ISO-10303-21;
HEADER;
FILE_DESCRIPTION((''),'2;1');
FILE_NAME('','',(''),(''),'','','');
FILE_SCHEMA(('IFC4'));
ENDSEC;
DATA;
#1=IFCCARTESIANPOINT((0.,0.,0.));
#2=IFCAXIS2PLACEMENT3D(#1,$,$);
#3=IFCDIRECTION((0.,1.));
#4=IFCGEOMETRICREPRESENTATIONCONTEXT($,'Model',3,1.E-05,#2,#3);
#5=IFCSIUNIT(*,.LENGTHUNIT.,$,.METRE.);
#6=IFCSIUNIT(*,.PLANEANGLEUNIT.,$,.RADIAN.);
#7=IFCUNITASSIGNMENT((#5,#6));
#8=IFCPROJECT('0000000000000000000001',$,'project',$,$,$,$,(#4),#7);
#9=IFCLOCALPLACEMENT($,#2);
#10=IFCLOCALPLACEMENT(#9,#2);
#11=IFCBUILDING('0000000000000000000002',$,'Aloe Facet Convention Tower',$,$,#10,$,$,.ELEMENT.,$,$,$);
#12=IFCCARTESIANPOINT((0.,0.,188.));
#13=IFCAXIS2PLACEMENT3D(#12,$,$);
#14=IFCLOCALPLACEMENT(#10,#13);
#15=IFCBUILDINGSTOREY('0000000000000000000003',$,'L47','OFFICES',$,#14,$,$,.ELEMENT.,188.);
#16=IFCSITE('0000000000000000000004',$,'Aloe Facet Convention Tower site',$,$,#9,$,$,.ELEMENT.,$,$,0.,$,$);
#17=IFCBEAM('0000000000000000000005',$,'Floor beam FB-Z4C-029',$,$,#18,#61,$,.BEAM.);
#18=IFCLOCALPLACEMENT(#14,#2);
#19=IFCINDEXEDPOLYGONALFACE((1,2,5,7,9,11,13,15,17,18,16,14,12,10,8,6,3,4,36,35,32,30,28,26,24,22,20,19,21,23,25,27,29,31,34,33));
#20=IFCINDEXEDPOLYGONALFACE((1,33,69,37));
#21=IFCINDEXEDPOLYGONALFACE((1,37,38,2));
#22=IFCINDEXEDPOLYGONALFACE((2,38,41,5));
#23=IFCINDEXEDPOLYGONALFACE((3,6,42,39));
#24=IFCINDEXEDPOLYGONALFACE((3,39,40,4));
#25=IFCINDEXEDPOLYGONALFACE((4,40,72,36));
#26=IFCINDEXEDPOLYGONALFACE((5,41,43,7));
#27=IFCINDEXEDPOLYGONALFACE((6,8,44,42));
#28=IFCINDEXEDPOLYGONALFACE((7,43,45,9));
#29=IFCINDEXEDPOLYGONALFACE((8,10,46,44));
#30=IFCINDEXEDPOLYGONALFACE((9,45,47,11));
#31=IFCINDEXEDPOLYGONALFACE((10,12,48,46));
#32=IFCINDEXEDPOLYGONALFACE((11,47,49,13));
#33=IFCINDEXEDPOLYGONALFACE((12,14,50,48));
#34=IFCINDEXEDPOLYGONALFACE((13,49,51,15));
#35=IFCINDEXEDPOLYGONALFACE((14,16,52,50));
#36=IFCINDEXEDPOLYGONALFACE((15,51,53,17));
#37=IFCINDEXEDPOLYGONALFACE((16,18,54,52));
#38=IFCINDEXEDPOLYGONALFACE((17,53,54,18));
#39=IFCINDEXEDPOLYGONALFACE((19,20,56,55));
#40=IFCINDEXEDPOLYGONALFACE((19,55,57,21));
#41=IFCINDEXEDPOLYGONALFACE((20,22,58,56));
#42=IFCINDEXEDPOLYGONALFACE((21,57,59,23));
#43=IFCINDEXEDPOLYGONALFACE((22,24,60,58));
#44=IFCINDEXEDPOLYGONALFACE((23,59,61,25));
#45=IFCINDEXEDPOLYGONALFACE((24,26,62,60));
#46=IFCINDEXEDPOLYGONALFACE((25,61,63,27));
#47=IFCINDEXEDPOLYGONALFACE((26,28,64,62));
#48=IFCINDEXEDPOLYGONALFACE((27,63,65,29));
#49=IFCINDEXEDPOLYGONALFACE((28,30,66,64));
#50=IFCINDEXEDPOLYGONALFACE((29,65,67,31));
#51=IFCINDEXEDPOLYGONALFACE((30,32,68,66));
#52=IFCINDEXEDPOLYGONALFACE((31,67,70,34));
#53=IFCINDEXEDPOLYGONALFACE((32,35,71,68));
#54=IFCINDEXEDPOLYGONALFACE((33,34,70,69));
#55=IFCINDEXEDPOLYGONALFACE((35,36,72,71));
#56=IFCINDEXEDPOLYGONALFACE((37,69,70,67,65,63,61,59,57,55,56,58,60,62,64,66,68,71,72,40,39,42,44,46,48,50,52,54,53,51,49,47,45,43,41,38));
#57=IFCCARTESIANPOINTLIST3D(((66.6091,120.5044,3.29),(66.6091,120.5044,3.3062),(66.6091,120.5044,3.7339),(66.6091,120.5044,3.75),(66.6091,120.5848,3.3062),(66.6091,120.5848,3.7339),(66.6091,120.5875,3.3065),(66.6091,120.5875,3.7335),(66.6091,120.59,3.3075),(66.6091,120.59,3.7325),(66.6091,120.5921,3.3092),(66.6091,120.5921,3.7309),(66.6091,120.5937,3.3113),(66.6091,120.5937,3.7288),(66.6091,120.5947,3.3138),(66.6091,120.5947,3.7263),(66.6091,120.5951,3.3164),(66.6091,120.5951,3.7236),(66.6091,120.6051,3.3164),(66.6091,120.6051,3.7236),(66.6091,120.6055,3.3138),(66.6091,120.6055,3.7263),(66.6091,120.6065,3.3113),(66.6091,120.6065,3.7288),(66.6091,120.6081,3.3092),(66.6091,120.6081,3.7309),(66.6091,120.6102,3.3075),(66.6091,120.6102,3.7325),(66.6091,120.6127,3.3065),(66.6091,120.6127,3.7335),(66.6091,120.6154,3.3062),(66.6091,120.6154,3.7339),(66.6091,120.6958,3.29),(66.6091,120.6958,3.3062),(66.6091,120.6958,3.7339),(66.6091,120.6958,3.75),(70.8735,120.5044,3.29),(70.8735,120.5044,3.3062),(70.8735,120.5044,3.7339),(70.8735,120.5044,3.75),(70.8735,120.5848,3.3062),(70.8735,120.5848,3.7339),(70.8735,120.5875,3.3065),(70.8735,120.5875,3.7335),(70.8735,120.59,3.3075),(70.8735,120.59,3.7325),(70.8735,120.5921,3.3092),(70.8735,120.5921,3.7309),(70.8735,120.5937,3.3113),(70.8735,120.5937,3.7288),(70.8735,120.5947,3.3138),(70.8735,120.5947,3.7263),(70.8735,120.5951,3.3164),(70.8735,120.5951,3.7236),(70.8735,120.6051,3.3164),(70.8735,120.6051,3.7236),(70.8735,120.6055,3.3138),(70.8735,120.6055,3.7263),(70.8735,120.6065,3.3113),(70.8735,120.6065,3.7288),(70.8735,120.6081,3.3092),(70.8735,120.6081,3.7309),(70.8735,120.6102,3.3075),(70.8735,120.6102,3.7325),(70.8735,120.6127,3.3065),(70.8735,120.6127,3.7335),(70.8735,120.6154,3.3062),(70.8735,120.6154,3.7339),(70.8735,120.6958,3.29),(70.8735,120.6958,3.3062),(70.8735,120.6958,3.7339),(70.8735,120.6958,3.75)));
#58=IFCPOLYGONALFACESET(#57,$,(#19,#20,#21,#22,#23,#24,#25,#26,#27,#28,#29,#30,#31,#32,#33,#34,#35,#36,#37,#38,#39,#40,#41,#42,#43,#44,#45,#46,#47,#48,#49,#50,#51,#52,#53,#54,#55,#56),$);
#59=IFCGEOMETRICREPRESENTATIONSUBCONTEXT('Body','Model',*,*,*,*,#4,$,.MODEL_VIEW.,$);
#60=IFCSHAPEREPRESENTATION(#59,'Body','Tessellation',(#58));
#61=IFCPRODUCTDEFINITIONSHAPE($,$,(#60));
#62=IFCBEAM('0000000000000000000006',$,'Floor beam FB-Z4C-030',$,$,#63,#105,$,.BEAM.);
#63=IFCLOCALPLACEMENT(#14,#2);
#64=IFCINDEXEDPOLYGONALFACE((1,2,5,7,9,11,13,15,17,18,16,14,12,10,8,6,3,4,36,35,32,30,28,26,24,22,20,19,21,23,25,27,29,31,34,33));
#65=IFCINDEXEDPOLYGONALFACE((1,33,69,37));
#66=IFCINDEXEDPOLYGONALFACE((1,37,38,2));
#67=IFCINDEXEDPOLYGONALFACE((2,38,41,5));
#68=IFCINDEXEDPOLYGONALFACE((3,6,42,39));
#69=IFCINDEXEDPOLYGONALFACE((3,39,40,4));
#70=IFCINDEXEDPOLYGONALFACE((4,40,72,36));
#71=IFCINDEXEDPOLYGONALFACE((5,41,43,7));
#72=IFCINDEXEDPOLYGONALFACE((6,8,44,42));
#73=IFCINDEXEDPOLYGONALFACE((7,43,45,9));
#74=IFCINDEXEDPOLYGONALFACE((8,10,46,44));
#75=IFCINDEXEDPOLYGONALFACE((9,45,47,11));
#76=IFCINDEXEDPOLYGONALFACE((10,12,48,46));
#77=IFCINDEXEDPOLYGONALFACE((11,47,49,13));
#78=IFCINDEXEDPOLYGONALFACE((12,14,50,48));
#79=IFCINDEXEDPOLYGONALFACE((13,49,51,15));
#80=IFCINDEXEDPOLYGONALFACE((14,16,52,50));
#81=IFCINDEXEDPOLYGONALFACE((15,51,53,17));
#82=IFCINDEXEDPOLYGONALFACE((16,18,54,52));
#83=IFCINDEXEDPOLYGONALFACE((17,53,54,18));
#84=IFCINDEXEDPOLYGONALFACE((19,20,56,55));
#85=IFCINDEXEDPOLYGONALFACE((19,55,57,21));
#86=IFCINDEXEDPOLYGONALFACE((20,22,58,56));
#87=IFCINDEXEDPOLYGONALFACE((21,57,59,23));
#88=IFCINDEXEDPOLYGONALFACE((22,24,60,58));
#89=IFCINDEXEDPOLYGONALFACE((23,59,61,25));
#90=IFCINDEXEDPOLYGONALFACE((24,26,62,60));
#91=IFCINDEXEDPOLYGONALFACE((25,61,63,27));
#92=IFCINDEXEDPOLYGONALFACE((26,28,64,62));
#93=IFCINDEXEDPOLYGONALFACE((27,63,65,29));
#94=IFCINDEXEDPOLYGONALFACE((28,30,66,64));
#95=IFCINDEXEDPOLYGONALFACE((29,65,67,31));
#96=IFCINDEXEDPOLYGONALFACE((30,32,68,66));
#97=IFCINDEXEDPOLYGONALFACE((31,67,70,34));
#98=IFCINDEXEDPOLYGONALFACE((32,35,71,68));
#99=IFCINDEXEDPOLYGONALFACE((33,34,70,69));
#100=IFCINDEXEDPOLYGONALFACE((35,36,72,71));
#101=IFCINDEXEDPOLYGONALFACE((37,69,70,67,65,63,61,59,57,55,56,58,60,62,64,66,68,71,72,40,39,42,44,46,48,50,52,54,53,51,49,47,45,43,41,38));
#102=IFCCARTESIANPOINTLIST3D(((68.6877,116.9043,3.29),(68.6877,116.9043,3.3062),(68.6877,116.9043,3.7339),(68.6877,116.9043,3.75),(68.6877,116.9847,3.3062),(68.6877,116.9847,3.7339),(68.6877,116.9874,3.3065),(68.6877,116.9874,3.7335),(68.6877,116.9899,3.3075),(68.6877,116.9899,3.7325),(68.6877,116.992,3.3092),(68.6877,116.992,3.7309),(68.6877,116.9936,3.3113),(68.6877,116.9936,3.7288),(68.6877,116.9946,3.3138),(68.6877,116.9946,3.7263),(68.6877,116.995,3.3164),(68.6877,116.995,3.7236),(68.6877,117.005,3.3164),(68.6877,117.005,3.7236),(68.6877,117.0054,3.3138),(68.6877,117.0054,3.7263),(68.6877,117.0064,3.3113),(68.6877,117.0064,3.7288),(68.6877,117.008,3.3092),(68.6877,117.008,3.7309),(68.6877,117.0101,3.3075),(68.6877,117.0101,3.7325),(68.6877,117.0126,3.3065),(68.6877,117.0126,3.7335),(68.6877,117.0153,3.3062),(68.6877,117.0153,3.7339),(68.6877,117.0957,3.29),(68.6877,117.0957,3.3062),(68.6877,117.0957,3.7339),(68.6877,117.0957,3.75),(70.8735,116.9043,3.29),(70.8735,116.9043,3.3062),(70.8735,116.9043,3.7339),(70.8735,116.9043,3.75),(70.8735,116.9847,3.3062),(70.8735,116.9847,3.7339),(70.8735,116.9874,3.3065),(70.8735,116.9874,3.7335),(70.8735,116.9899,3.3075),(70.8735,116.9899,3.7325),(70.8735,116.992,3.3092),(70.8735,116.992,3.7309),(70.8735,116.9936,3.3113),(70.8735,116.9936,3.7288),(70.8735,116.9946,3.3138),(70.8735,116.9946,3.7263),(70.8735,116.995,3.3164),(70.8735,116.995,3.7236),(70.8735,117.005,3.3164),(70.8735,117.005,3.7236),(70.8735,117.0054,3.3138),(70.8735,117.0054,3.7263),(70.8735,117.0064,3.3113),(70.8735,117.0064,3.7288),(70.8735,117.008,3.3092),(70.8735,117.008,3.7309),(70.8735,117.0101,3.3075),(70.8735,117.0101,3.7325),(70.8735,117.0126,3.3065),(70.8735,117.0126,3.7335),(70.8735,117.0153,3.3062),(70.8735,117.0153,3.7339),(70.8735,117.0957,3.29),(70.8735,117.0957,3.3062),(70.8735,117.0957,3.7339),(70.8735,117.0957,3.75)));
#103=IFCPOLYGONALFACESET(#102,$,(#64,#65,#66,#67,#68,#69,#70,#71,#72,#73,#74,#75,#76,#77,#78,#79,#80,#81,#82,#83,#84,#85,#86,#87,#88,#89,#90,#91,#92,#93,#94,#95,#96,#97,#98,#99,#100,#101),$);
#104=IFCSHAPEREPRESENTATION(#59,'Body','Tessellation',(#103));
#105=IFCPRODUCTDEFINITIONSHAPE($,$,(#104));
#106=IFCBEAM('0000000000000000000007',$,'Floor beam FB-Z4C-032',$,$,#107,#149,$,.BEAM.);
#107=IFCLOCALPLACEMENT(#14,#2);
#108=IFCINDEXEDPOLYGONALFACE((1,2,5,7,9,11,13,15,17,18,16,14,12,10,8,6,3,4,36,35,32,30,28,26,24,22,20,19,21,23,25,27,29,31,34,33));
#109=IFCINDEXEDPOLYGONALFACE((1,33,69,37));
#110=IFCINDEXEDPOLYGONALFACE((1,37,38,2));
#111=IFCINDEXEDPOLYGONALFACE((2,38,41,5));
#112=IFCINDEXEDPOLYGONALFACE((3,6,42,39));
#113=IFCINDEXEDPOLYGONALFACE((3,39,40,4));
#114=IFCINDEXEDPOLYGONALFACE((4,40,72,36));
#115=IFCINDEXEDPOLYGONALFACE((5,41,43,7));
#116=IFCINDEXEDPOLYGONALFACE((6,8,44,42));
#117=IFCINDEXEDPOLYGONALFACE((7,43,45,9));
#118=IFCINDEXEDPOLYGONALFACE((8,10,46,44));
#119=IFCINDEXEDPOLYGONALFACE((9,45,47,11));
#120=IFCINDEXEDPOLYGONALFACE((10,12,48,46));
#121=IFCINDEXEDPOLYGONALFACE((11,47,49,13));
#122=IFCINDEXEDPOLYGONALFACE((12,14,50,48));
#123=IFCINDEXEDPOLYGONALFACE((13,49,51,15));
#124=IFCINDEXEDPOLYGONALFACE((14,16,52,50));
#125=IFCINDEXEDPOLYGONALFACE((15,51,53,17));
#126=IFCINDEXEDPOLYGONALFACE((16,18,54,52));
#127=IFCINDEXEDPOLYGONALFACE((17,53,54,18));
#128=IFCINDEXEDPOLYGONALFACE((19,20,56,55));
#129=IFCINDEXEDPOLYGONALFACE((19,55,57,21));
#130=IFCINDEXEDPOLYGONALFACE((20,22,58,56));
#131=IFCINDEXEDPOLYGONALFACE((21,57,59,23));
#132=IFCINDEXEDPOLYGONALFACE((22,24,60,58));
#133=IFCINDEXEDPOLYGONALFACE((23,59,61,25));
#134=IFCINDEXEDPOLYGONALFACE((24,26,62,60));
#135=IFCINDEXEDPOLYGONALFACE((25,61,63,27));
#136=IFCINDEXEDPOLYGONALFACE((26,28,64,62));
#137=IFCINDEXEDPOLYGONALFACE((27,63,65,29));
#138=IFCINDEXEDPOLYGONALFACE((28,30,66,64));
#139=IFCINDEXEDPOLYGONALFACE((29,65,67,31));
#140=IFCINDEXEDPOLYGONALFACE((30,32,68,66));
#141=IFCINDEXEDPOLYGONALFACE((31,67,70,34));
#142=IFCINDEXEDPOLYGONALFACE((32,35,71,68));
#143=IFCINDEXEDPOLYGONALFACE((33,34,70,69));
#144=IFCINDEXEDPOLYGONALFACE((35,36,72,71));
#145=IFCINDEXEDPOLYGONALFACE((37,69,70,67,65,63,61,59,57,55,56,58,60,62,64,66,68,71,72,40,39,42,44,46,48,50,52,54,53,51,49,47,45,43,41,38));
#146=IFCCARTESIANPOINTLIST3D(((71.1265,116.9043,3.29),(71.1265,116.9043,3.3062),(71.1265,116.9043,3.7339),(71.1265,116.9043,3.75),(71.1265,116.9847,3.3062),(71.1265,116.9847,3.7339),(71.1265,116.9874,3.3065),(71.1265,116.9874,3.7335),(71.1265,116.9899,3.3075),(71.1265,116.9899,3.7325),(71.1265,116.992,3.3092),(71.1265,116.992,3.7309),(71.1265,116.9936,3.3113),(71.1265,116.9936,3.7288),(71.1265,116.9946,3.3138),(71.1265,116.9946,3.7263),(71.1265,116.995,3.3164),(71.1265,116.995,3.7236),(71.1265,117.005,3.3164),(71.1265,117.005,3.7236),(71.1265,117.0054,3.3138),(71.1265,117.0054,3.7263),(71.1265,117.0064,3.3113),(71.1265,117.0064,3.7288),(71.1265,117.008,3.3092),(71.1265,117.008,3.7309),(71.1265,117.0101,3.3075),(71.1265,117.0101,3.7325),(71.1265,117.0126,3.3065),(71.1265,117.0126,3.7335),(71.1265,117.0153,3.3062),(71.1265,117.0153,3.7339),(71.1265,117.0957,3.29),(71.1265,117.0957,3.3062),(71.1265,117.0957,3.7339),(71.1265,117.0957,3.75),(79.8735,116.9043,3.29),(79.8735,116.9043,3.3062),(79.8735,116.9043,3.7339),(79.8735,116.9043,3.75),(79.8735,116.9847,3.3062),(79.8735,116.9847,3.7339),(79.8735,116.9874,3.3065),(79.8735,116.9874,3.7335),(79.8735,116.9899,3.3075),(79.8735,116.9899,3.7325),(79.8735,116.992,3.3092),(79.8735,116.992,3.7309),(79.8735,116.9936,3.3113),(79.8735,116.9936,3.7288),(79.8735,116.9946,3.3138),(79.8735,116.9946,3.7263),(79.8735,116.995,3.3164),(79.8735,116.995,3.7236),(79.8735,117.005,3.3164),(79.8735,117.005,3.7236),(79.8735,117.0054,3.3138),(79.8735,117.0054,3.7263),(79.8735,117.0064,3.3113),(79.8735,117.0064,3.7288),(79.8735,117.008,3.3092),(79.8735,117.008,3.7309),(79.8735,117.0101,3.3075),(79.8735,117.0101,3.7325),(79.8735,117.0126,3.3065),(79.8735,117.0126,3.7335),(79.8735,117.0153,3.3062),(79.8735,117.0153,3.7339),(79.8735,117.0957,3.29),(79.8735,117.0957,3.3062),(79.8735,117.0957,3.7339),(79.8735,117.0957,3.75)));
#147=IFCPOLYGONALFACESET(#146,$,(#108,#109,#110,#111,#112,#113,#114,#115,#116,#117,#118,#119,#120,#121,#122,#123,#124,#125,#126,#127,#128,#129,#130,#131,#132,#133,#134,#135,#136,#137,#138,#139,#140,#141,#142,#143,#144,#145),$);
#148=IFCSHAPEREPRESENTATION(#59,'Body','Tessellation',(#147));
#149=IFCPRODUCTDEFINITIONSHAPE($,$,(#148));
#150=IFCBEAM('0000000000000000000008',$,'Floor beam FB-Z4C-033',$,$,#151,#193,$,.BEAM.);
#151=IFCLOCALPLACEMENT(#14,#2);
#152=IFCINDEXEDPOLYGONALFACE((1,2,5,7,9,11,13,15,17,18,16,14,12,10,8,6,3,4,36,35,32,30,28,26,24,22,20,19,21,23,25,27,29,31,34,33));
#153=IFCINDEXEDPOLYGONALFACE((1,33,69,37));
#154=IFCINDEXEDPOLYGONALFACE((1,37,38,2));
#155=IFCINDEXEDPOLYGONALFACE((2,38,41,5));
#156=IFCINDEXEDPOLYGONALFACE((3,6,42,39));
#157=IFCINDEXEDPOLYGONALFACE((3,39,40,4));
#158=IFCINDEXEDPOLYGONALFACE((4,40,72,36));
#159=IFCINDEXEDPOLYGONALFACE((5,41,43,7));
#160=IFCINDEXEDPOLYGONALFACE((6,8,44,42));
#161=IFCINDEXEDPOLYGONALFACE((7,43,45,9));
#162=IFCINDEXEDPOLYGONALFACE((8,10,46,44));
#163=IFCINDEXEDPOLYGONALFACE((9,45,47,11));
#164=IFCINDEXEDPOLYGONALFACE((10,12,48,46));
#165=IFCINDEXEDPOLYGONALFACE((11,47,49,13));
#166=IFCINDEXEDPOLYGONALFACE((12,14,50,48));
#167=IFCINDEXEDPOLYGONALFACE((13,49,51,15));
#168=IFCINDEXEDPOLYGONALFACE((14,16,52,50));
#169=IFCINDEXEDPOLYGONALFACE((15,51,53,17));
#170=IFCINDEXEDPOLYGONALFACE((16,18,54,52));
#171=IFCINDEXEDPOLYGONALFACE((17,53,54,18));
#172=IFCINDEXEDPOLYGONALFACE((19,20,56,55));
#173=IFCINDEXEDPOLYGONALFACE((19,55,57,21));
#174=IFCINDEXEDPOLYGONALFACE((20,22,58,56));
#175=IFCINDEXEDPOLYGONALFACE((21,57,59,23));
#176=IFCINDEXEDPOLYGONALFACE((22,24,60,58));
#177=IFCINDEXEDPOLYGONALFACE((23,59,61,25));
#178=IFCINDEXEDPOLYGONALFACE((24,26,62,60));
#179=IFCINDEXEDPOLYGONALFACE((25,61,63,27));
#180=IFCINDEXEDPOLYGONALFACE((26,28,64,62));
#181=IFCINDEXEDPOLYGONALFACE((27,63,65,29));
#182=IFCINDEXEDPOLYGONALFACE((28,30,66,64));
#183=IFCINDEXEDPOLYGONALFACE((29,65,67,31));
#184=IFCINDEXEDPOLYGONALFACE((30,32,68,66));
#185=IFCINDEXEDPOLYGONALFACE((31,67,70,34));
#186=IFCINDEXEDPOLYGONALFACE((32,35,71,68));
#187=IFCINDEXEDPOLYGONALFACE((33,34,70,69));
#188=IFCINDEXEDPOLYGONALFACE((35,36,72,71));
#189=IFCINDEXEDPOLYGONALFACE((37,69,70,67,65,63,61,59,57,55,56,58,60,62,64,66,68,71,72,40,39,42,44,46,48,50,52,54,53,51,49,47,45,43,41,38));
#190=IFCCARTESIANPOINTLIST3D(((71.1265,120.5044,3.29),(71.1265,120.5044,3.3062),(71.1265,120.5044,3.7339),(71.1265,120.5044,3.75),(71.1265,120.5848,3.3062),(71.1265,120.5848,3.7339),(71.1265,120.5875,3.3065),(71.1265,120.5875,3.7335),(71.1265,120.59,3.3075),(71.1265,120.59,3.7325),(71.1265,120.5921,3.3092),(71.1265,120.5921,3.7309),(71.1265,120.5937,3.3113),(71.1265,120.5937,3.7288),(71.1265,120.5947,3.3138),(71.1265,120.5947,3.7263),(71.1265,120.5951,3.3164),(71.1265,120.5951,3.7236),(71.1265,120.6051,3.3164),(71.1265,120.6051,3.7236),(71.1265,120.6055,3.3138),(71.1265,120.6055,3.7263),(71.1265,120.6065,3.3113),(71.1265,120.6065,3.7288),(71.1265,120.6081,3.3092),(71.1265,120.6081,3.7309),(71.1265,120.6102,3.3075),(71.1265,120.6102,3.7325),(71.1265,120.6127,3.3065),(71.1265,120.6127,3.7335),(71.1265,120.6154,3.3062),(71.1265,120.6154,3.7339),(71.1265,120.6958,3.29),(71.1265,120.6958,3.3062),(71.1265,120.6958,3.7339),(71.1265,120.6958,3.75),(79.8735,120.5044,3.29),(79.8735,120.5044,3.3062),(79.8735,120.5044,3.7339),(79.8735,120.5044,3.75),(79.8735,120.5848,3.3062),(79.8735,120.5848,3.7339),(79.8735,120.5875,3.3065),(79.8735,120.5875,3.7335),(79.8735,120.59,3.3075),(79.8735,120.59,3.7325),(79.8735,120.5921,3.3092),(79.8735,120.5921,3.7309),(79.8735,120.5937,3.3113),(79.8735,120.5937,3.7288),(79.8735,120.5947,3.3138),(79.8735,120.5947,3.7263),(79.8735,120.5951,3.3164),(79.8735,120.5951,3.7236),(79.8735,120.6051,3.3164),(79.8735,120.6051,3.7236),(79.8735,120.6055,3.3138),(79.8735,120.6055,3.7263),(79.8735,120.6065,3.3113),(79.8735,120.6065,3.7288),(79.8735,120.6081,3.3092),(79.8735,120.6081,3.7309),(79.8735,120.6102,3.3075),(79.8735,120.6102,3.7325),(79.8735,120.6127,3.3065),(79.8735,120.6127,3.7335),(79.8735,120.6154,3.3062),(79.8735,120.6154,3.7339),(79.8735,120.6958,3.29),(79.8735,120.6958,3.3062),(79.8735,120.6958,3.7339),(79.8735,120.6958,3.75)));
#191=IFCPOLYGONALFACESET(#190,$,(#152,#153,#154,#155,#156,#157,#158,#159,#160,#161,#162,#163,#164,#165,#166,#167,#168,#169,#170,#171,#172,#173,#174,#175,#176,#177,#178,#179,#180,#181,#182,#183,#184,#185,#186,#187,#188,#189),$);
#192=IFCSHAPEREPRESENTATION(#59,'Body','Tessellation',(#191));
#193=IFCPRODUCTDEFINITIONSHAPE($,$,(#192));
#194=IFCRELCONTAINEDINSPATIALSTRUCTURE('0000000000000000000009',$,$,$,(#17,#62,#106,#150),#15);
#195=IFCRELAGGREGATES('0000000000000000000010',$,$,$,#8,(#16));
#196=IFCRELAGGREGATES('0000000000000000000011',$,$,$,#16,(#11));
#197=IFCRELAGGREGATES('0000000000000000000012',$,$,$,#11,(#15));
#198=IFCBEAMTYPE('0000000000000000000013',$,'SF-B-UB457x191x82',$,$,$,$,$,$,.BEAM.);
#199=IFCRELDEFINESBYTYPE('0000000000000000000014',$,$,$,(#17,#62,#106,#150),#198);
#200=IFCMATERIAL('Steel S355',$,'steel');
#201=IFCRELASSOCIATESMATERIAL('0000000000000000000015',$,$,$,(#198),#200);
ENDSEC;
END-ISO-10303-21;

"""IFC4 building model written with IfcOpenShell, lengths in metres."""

from ifc_helpers import new_model, si_unit, direction, frame, origin, origin_2d, place, context, subcontext, project, spatial, i_section, extrude, material, material_profile, profile_set, type_object, element, save


model = new_model("IFC4")

# Units and contexts
model_context = context("Model", 3, precision=1e-05, world=origin(), true_north=direction((0.0, 1.0)))
body_context = subcontext(model_context, "Body", "Model", "MODEL_VIEW")
ifc_project = project(units=[si_unit("LENGTHUNIT", "METRE"), si_unit("PLANEANGLEUNIT", "RADIAN")], contexts=[model_context])

# Site, building, storey
site_placement = place(None, origin())
site = spatial("IfcSite", under=ifc_project, at=site_placement, Name="Aloe Facet Convention Tower site", CompositionType="ELEMENT", RefElevation=0.0)
building_placement = place(site_placement, origin())
building = spatial("IfcBuilding", under=site, at=building_placement, Name="Aloe Facet Convention Tower", CompositionType="ELEMENT")
storey_placement = place(building_placement, frame((0.0, 0.0, 188.0)))
storey = spatial("IfcBuildingStorey", under=building, at=storey_placement, Name="L47", Description="OFFICES", CompositionType="ELEMENT", Elevation=188.0)

# Beams
ifc_material_1 = material(Name="Steel S355", Category="steel")
ifc_material_profile_1 = material_profile(ifc_material_1, i_section(OverallWidth=0.1914, OverallDepth=0.46, WebThickness=0.01, FlangeThickness=0.0161, FilletRadius=0.0103, at=origin_2d()), Name="UB 457x191x82")
ifc_profile_set_1 = profile_set([ifc_material_profile_1], Name="Steel S355")
beam_type_1 = type_object("IfcBeamType", Name="SF-B-UB457x191x82", PredefinedType="BEAM", material=ifc_profile_set_1)
beam_1_placement = place(storey_placement, frame((66.6091, 120.6001, 3.52), z_axis=(1.0, 0.0, 0.0), x_axis=(0.0, 1.0, 0.0)))
element("IfcBeam", 1, at=beam_1_placement, inside=storey, type_object=beam_type_1, Name="Floor beam FB-Z4C-029", PredefinedType="BEAM", context=body_context, shape_type="SweptSolid", body=[
    extrude(i_section(OverallWidth=0.1914, OverallDepth=0.46, WebThickness=0.01, FlangeThickness=0.0161, FilletRadius=0.0103, at=origin_2d()), origin(), (0.0, 0.0, 1.0), 4.2644),
])
beam_2_placement = place(storey_placement, frame((68.6877, 117.0, 3.52), z_axis=(1.0, 0.0, 0.0), x_axis=(0.0, 1.0, 0.0)))
element("IfcBeam", 2, at=beam_2_placement, inside=storey, type_object=beam_type_1, Name="Floor beam FB-Z4C-030", PredefinedType="BEAM", context=body_context, shape_type="SweptSolid", body=[
    extrude(i_section(OverallWidth=0.1914, OverallDepth=0.46, WebThickness=0.01, FlangeThickness=0.0161, FilletRadius=0.0103, at=origin_2d()), origin(), (0.0, 0.0, 1.0), 2.1858),
])
for number, where, z_axis, x_axis, name in (
    (3, (71.1265, 117.0, 3.52), (1.0, 0.0, 0.0), (0.0, 1.0, 0.0), "Floor beam FB-Z4C-032"),
    (4, (71.1265, 120.6001, 3.52), (1.0, 0.0, 0.0), (0.0, 1.0, 0.0), "Floor beam FB-Z4C-033"),
):
    element("IfcBeam", number, at=place(storey_placement, frame(where, z_axis=z_axis, x_axis=x_axis)), inside=storey, type_object=beam_type_1, Name=name, PredefinedType="BEAM", context=body_context, shape_type="SweptSolid", body=[
        extrude(i_section(OverallWidth=0.1914, OverallDepth=0.46, WebThickness=0.01, FlangeThickness=0.0161, FilletRadius=0.0103, at=origin_2d()), origin(), (0.0, 0.0, 1.0), 8.7471),
    ])

save(model, "model.ifc")
